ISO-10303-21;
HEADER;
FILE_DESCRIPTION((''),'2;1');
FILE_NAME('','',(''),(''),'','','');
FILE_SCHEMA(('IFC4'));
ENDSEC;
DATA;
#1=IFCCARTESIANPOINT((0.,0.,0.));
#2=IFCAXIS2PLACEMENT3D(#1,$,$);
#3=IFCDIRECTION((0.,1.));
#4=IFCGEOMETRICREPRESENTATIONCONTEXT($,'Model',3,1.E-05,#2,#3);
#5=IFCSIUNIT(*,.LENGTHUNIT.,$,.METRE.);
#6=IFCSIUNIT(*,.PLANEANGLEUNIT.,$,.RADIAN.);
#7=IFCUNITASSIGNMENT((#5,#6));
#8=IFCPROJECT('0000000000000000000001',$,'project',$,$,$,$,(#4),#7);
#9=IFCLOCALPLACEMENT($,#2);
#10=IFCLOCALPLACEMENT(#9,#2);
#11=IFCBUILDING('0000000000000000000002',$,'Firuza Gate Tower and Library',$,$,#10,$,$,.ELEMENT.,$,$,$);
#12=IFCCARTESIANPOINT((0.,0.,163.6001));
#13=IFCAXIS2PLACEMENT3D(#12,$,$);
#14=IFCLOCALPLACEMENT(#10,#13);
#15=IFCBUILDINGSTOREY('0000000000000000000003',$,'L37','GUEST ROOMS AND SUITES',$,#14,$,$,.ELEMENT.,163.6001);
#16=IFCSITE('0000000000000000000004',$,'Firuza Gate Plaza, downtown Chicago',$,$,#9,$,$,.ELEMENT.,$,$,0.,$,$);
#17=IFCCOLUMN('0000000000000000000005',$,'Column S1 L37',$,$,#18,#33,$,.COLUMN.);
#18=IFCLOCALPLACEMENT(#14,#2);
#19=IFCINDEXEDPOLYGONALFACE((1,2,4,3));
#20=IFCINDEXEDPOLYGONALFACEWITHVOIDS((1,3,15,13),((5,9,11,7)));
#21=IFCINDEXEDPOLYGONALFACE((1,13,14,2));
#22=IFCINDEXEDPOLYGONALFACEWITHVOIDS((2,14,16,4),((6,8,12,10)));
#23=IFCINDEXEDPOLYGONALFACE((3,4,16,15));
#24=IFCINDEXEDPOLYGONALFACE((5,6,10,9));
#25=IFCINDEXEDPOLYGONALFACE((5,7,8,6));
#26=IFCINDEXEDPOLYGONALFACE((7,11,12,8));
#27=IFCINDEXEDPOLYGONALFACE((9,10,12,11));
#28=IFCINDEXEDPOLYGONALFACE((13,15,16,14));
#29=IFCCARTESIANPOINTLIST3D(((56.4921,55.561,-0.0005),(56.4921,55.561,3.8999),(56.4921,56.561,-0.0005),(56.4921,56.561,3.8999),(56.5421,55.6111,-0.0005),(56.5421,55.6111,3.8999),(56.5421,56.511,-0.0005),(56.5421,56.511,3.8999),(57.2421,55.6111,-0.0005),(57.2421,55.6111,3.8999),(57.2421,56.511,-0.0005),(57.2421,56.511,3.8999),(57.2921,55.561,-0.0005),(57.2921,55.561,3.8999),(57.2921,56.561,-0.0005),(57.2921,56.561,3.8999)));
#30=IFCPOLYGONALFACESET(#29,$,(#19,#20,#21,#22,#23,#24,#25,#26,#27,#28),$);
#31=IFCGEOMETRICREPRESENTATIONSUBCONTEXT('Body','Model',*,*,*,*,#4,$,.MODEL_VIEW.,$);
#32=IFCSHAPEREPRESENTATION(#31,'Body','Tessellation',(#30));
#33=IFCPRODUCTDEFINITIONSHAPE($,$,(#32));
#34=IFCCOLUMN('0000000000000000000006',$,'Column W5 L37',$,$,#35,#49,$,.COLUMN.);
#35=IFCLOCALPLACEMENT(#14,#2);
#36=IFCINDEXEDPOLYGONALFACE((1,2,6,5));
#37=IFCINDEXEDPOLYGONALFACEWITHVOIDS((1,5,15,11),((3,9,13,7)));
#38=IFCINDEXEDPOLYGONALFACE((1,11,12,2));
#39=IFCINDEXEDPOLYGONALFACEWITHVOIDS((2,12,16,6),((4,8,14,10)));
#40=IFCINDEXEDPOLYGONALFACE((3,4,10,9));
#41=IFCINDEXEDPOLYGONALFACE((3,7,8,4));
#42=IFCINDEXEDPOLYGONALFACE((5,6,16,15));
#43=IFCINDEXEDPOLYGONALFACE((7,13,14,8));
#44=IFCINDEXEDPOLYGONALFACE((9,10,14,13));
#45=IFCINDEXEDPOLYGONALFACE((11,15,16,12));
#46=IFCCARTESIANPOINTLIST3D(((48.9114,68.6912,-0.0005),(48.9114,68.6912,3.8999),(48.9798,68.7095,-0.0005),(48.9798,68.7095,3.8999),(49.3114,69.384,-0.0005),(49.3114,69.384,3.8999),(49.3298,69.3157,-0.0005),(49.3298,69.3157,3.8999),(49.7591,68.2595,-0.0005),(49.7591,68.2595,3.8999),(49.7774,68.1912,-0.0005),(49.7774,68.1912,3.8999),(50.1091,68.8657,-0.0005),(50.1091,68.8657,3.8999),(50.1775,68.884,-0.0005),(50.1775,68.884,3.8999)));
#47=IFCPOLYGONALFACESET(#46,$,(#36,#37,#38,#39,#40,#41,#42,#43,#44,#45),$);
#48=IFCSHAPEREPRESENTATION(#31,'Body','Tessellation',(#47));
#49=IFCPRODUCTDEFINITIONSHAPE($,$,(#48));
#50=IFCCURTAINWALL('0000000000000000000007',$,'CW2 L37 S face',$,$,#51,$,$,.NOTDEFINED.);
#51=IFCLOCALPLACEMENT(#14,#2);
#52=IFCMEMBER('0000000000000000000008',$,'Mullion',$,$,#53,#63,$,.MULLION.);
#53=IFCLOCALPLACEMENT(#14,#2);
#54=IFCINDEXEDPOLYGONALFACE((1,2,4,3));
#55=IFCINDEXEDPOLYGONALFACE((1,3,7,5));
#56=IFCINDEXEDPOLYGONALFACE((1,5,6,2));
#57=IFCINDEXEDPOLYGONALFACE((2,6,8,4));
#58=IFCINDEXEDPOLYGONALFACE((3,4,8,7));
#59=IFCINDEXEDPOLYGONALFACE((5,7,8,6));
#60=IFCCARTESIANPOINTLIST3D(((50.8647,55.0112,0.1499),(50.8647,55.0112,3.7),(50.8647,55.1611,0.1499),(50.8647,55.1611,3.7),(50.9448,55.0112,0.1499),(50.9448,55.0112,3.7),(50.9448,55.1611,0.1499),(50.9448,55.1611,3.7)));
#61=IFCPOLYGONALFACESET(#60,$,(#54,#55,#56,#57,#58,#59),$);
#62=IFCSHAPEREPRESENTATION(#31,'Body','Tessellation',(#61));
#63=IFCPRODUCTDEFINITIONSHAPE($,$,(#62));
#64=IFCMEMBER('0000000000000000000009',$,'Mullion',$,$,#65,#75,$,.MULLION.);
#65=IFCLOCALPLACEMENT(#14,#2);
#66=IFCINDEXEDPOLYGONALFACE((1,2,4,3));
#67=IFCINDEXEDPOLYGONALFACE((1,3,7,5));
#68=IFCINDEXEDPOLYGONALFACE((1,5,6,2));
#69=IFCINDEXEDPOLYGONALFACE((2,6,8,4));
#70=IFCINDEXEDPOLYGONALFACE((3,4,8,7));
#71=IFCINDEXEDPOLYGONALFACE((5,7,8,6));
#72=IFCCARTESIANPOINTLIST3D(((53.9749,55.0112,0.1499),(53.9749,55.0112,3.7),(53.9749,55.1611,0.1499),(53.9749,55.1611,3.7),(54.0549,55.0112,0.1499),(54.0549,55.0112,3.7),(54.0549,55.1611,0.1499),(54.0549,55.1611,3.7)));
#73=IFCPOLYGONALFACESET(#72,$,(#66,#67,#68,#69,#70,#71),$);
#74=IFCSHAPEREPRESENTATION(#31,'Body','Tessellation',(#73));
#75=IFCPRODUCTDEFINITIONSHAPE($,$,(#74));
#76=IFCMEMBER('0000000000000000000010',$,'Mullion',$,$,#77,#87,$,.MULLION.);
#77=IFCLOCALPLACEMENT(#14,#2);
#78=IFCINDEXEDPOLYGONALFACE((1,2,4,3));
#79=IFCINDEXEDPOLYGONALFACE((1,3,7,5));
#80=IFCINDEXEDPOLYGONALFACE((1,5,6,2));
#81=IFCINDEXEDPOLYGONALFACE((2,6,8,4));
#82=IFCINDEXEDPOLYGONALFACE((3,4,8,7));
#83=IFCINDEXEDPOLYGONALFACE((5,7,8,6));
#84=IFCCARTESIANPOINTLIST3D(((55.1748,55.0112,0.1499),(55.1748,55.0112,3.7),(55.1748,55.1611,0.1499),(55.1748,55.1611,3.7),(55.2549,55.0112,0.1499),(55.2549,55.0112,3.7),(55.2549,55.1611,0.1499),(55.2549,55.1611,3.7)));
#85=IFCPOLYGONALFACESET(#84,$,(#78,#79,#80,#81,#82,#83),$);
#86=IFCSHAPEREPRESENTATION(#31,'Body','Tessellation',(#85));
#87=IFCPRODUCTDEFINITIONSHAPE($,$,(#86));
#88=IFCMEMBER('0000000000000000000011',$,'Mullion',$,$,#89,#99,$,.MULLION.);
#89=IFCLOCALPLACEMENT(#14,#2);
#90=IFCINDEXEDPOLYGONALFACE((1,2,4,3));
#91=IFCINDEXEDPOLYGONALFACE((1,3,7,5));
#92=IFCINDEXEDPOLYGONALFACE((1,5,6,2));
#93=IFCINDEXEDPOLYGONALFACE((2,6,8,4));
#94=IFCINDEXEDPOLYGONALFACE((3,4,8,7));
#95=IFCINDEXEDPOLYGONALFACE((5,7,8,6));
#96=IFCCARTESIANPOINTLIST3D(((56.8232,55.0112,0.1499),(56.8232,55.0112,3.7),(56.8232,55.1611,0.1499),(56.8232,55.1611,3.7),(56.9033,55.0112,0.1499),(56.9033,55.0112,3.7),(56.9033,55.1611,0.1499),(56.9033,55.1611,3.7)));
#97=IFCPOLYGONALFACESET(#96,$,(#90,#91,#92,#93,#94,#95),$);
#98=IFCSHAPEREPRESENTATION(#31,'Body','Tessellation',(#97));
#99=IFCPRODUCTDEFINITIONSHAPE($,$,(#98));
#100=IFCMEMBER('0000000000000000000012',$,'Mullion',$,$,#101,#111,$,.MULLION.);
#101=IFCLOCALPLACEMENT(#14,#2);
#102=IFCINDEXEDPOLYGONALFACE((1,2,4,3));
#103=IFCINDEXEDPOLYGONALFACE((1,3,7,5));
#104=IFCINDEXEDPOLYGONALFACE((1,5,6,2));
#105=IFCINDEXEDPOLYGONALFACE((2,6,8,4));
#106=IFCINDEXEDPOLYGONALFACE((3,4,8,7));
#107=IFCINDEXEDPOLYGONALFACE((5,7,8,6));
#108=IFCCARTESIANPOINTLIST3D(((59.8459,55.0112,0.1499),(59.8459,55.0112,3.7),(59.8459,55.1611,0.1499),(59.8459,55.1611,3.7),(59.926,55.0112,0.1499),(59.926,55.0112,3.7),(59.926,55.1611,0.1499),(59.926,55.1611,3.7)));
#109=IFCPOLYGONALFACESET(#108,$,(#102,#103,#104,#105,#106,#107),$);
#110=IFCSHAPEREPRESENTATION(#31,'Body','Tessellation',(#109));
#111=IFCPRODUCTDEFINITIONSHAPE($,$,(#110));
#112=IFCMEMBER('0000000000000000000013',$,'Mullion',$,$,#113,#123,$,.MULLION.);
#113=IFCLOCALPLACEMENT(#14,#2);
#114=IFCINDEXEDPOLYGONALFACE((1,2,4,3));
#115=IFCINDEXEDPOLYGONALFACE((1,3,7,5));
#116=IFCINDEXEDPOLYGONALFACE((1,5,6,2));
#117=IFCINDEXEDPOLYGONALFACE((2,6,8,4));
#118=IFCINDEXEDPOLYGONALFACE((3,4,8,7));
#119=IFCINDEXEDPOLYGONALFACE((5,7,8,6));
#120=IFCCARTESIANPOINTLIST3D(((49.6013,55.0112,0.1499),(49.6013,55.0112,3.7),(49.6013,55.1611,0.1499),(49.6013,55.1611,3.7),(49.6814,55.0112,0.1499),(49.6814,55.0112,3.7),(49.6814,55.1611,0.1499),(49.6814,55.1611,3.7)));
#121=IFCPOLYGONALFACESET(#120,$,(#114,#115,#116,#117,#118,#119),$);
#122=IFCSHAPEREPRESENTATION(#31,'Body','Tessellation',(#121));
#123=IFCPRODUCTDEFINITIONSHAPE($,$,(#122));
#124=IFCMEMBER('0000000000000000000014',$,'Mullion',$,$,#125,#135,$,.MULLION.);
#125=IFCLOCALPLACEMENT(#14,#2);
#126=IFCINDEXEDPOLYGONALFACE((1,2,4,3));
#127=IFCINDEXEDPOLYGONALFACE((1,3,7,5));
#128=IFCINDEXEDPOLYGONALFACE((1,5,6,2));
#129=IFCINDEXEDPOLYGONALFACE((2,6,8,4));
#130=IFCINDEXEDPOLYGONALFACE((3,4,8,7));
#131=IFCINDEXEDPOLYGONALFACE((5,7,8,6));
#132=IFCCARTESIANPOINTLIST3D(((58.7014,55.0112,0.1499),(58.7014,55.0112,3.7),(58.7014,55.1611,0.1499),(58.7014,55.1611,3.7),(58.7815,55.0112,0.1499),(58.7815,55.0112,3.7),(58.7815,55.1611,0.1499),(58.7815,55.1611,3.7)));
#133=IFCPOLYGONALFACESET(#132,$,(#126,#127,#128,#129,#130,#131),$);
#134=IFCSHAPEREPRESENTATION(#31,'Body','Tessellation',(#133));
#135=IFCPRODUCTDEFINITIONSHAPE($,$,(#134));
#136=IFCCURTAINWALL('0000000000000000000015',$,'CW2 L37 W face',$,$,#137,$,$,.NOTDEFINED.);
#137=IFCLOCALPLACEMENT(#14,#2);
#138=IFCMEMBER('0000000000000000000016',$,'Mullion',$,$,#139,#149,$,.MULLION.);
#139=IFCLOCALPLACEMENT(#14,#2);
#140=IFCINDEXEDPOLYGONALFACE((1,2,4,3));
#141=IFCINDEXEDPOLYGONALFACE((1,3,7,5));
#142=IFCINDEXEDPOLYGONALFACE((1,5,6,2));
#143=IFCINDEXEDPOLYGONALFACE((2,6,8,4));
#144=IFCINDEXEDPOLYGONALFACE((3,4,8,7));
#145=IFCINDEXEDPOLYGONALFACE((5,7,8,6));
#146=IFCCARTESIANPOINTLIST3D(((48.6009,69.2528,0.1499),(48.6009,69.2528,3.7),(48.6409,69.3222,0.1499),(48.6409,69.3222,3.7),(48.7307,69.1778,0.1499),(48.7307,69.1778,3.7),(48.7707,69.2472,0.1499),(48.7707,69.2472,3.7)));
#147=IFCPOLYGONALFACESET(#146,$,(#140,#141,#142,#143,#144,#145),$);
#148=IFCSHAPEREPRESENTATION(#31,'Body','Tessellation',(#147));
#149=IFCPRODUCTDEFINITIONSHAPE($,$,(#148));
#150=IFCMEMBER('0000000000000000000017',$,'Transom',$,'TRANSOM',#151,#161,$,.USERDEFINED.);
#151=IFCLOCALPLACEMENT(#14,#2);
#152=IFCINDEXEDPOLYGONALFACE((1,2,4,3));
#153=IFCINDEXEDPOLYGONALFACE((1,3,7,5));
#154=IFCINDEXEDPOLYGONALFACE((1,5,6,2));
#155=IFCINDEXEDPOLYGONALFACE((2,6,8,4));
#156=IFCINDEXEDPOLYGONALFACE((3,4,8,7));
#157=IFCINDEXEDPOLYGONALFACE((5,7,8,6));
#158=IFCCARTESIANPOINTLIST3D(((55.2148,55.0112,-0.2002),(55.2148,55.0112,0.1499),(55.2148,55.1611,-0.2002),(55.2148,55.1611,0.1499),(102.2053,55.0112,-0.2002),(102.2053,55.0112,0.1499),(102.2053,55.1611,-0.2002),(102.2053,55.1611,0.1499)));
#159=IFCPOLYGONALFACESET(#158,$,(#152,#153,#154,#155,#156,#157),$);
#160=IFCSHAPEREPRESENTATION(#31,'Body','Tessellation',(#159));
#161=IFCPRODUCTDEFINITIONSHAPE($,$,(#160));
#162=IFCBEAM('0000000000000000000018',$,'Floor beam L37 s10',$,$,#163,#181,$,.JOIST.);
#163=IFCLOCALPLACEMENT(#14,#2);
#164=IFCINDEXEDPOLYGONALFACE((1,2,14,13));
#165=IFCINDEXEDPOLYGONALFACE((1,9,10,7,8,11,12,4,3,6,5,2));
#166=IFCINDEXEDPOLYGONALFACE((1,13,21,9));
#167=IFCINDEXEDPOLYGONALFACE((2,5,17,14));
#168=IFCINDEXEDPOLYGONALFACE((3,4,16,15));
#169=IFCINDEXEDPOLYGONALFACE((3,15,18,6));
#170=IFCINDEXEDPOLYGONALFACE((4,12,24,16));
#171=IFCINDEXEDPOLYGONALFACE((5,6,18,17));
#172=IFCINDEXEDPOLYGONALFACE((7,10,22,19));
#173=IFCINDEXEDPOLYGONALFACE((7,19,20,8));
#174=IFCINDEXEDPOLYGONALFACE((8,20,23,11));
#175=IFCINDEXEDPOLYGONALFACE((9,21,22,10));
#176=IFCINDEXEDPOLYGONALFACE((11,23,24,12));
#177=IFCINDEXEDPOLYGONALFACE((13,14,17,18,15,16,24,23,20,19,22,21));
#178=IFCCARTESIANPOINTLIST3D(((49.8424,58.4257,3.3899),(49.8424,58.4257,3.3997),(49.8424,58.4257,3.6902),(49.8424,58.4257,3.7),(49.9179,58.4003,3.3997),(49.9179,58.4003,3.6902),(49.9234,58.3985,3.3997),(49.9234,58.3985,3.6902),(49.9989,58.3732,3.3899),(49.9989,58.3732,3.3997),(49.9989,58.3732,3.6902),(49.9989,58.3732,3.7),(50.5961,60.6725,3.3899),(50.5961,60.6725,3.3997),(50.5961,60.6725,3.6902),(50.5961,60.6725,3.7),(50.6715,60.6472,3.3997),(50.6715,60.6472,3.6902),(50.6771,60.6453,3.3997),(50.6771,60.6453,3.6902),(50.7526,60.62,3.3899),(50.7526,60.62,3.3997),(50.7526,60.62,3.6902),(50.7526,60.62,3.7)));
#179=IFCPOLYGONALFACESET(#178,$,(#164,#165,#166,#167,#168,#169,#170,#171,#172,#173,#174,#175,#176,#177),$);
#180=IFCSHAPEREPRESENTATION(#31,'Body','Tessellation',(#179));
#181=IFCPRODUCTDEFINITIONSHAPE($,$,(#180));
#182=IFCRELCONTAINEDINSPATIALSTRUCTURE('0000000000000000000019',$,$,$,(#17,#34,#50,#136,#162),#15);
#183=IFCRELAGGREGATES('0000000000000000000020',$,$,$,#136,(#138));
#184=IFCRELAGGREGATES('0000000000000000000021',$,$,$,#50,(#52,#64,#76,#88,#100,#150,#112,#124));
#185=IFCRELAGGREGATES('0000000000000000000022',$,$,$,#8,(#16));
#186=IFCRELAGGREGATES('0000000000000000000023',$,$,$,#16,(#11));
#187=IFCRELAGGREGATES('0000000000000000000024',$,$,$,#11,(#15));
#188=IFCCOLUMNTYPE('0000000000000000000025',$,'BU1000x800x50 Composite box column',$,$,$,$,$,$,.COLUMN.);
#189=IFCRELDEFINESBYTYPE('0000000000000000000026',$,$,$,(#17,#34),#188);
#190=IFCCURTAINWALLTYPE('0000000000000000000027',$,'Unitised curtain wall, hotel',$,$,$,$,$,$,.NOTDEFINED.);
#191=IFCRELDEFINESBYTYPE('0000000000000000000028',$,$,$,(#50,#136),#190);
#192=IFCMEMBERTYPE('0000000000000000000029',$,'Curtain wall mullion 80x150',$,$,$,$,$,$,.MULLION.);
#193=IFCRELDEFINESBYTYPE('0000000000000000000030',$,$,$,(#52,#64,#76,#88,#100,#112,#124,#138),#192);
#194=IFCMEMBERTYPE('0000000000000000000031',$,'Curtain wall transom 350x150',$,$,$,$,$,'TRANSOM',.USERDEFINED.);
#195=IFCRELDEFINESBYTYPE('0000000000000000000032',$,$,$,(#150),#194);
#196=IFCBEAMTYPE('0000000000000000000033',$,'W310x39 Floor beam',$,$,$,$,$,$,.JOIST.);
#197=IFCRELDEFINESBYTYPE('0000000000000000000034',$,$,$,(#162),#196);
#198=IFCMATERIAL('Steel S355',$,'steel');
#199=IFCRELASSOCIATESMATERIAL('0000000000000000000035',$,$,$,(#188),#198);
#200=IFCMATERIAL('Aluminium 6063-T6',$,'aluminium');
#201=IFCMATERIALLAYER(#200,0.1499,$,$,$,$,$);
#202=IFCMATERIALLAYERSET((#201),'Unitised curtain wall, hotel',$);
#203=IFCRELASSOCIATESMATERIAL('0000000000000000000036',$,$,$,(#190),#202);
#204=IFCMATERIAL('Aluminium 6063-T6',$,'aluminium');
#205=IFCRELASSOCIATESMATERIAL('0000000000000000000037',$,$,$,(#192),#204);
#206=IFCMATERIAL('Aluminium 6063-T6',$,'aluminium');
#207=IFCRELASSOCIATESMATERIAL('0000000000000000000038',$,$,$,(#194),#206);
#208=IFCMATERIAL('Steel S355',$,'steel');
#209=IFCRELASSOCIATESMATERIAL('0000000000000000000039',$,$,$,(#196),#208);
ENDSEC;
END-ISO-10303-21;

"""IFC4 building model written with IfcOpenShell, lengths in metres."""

from ifc_helpers import new_model, si_unit, direction, frame, origin, origin_2d, place, context, subcontext, project, spatial, rectangle, hollow_rectangle, i_section, extrude, material, layer, layer_set, material_profile, profile_set, type_object, element, aggregate, save


model = new_model("IFC4")

# Units and contexts
model_context = context("Model", 3, precision=1e-05, world=origin(), true_north=direction((0.0, 1.0)))
body_context = subcontext(model_context, "Body", "Model", "MODEL_VIEW")
ifc_project = project(units=[si_unit("LENGTHUNIT", "METRE"), si_unit("PLANEANGLEUNIT", "RADIAN")], contexts=[model_context])

# Site, building, storey
site_placement = place(None, origin())
site = spatial("IfcSite", under=ifc_project, at=site_placement, Name="Firuza Gate Plaza, downtown Chicago", CompositionType="ELEMENT", RefElevation=0.0)
building_placement = place(site_placement, origin())
building = spatial("IfcBuilding", under=site, at=building_placement, Name="Firuza Gate Tower and Library", CompositionType="ELEMENT")
storey_placement = place(building_placement, frame((0.0, 0.0, 163.6001)))
storey = spatial("IfcBuildingStorey", under=building, at=storey_placement, Name="L37", Description="GUEST ROOMS AND SUITES", CompositionType="ELEMENT", Elevation=163.6001)

# Columns
ifc_material_1 = material(Name="Steel S355", Category="steel")
ifc_material_profile_1 = material_profile(ifc_material_1, hollow_rectangle(XDim=0.8, YDim=1.0, WallThickness=0.05, at=origin_2d()))
ifc_profile_set_1 = profile_set([ifc_material_profile_1], Name="Steel S355")
column_type = type_object("IfcColumnType", Name="BU1000x800x50 Composite box column", PredefinedType="COLUMN", material=ifc_profile_set_1)
for number, where, z_axis, x_axis, name in (
    (1, (56.8921, 56.061, -0.0005), (0.0, 0.0, 1.0), (1.0, 0.0, 0.0), "Column S1 L37"),
    (2, (49.5444, 68.7876, -0.0005), (0.0, 0.0, 1.0), (-0.5, -0.866025, 0.0), "Column W5 L37"),
):
    element("IfcColumn", number, at=place(storey_placement, frame(where, z_axis=z_axis, x_axis=x_axis)), inside=storey, type_object=column_type, Name=name, PredefinedType="COLUMN", context=body_context, shape_type="SweptSolid", body=[
        extrude(hollow_rectangle(XDim=0.8, YDim=1.0, WallThickness=0.05, at=origin_2d()), origin(), (0.0, 0.0, 1.0), 3.9004),
    ])

# Curtain wall, members
ifc_material_2 = material(Name="Aluminium 6063-T6", Category="aluminium")
ifc_layer_1 = layer(ifc_material_2, 0.1499)
ifc_layer_set_1 = layer_set([ifc_layer_1], Name="Unitised curtain wall, hotel")
curtain_wall_type = type_object("IfcCurtainWallType", Name="Unitised curtain wall, hotel", PredefinedType="NOTDEFINED", material=ifc_layer_set_1)
placement = place(storey_placement, origin())
curtain_wall_1 = element("IfcCurtainWall", 3, at=placement, inside=storey, type_object=curtain_wall_type, Name="CW2 L37 S face", PredefinedType="NOTDEFINED")
ifc_material_3 = material(Name="Aluminium 6063-T6", Category="aluminium")
ifc_material_profile_2 = material_profile(ifc_material_3, rectangle(XDim=0.1499, YDim=0.0801, at=origin_2d()))
ifc_profile_set_2 = profile_set([ifc_material_profile_2], Name="Aluminium 6063-T6")
member_type_1 = type_object("IfcMemberType", Name="Curtain wall mullion 80x150", PredefinedType="MULLION", material=ifc_profile_set_2)
member_1_placement = place(storey_placement, frame((50.9048, 55.0862, 0.1499), z_axis=(0.0, 0.0, 1.0), x_axis=(0.0, 1.0, 0.0)))
member_1 = element("IfcMember", 4, at=member_1_placement, type_object=member_type_1, Name="Mullion", PredefinedType="MULLION", context=body_context, shape_type="SweptSolid", body=[
    extrude(rectangle(XDim=0.1499, YDim=0.0801, at=origin_2d()), origin(), (0.0, 0.0, 1.0), 3.55),
])
member_2_placement = place(storey_placement, frame((54.0149, 55.0862, 0.1499), z_axis=(0.0, 0.0, 1.0), x_axis=(0.0, 1.0, 0.0)))
member_2 = element("IfcMember", 5, at=member_2_placement, type_object=member_type_1, Name="Mullion", PredefinedType="MULLION", context=body_context, shape_type="SweptSolid", body=[
    extrude(rectangle(XDim=0.1499, YDim=0.0801, at=origin_2d()), origin(), (0.0, 0.0, 1.0), 3.55),
])
member_3_placement = place(storey_placement, frame((55.2148, 55.0862, 0.1499), z_axis=(0.0, 0.0, 1.0), x_axis=(0.0, 1.0, 0.0)))
member_3 = element("IfcMember", 6, at=member_3_placement, type_object=member_type_1, Name="Mullion", PredefinedType="MULLION", context=body_context, shape_type="SweptSolid", body=[
    extrude(rectangle(XDim=0.1499, YDim=0.0801, at=origin_2d()), origin(), (0.0, 0.0, 1.0), 3.55),
])
member_4_placement = place(storey_placement, frame((56.8633, 55.0862, 0.1499), z_axis=(0.0, 0.0, 1.0), x_axis=(0.0, 1.0, 0.0)))
member_4 = element("IfcMember", 7, at=member_4_placement, type_object=member_type_1, Name="Mullion", PredefinedType="MULLION", context=body_context, shape_type="SweptSolid", body=[
    extrude(rectangle(XDim=0.1499, YDim=0.0801, at=origin_2d()), origin(), (0.0, 0.0, 1.0), 3.55),
])
member_5_placement = place(storey_placement, frame((59.886, 55.0862, 0.1499), z_axis=(0.0, 0.0, 1.0), x_axis=(0.0, 1.0, 0.0)))
member_5 = element("IfcMember", 8, at=member_5_placement, type_object=member_type_1, Name="Mullion", PredefinedType="MULLION", context=body_context, shape_type="SweptSolid", body=[
    extrude(rectangle(XDim=0.1499, YDim=0.0801, at=origin_2d()), origin(), (0.0, 0.0, 1.0), 3.55),
])
member_6_placement = place(storey_placement, frame((49.6414, 55.0862, 0.1499), z_axis=(0.0, 0.0, 1.0), x_axis=(0.0, 1.0, 0.0)))
member_6 = element("IfcMember", 9, at=member_6_placement, type_object=member_type_1, Name="Mullion", PredefinedType="MULLION", context=body_context, shape_type="SweptSolid", body=[
    extrude(rectangle(XDim=0.1499, YDim=0.0801, at=origin_2d()), origin(), (0.0, 0.0, 1.0), 3.55),
])
member_7_placement = place(storey_placement, frame((58.7415, 55.0862, 0.1499), z_axis=(0.0, 0.0, 1.0), x_axis=(0.0, 1.0, 0.0)))
member_7 = element("IfcMember", 10, at=member_7_placement, type_object=member_type_1, Name="Mullion", PredefinedType="MULLION", context=body_context, shape_type="SweptSolid", body=[
    extrude(rectangle(XDim=0.1499, YDim=0.0801, at=origin_2d()), origin(), (0.0, 0.0, 1.0), 3.55),
])

# Curtain wall, member
curtain_wall_2 = element("IfcCurtainWall", 11, at=placement, inside=storey, type_object=curtain_wall_type, Name="CW2 L37 W face", PredefinedType="NOTDEFINED")
member_8_placement = place(storey_placement, frame((48.6858, 69.25, 0.1499), z_axis=(0.0, 0.0, 1.0), x_axis=(0.866025, -0.5, 0.0)))
member_8 = element("IfcMember", 12, at=member_8_placement, type_object=member_type_1, Name="Mullion", PredefinedType="MULLION", context=body_context, shape_type="SweptSolid", body=[
    extrude(rectangle(XDim=0.1499, YDim=0.0801, at=origin_2d()), origin(), (0.0, 0.0, 1.0), 3.55),
])

# Member
ifc_material_4 = material(Name="Aluminium 6063-T6", Category="aluminium")
ifc_material_profile_3 = material_profile(ifc_material_4, rectangle(XDim=0.1499, YDim=0.3501, at=origin_2d()))
ifc_profile_set_3 = profile_set([ifc_material_profile_3], Name="Aluminium 6063-T6")
member_type_2 = type_object("IfcMemberType", Name="Curtain wall transom 350x150", ElementType="TRANSOM", PredefinedType="USERDEFINED", material=ifc_profile_set_3)
member_9_placement = place(storey_placement, frame((55.2148, 55.0862, -0.0251), z_axis=(1.0, 0.0, 0.0), x_axis=(0.0, 1.0, 0.0)))
member_9 = element("IfcMember", 13, at=member_9_placement, type_object=member_type_2, Name="Transom", ObjectType="TRANSOM", PredefinedType="USERDEFINED", context=body_context, shape_type="SweptSolid", body=[
    extrude(rectangle(XDim=0.1499, YDim=0.3501, at=origin_2d()), origin(), (0.0, 0.0, 1.0), 46.9905),
])

# Beam
ifc_material_5 = material(Name="Steel S355", Category="steel")
ifc_material_profile_4 = material_profile(ifc_material_5, i_section(OverallWidth=0.165, OverallDepth=0.3101, WebThickness=0.0059, FlangeThickness=0.0098, at=origin_2d()))
ifc_profile_set_4 = profile_set([ifc_material_profile_4], Name="Steel S355")
beam_type_1 = type_object("IfcBeamType", Name="W310x39 Floor beam", PredefinedType="JOIST", material=ifc_profile_set_4)
beam_1_placement = place(storey_placement, frame((49.9207, 58.3994, 3.5449), z_axis=(0.31802, 0.948084, 0.0), x_axis=(-0.948084, 0.31802, 0.0)))
element("IfcBeam", 14, at=beam_1_placement, inside=storey, type_object=beam_type_1, Name="Floor beam L37 s10", PredefinedType="JOIST", context=body_context, shape_type="SweptSolid", body=[
    extrude(i_section(OverallWidth=0.165, OverallDepth=0.3101, WebThickness=0.0059, FlangeThickness=0.0098, at=origin_2d()), origin(), (0.0, 0.0, 1.0), 2.3699),
])

aggregate(curtain_wall_2, [member_8])

aggregate(curtain_wall_1, [member_1, member_2, member_3, member_4, member_5, member_9, member_6, member_7])

save(model, "model.ifc")
